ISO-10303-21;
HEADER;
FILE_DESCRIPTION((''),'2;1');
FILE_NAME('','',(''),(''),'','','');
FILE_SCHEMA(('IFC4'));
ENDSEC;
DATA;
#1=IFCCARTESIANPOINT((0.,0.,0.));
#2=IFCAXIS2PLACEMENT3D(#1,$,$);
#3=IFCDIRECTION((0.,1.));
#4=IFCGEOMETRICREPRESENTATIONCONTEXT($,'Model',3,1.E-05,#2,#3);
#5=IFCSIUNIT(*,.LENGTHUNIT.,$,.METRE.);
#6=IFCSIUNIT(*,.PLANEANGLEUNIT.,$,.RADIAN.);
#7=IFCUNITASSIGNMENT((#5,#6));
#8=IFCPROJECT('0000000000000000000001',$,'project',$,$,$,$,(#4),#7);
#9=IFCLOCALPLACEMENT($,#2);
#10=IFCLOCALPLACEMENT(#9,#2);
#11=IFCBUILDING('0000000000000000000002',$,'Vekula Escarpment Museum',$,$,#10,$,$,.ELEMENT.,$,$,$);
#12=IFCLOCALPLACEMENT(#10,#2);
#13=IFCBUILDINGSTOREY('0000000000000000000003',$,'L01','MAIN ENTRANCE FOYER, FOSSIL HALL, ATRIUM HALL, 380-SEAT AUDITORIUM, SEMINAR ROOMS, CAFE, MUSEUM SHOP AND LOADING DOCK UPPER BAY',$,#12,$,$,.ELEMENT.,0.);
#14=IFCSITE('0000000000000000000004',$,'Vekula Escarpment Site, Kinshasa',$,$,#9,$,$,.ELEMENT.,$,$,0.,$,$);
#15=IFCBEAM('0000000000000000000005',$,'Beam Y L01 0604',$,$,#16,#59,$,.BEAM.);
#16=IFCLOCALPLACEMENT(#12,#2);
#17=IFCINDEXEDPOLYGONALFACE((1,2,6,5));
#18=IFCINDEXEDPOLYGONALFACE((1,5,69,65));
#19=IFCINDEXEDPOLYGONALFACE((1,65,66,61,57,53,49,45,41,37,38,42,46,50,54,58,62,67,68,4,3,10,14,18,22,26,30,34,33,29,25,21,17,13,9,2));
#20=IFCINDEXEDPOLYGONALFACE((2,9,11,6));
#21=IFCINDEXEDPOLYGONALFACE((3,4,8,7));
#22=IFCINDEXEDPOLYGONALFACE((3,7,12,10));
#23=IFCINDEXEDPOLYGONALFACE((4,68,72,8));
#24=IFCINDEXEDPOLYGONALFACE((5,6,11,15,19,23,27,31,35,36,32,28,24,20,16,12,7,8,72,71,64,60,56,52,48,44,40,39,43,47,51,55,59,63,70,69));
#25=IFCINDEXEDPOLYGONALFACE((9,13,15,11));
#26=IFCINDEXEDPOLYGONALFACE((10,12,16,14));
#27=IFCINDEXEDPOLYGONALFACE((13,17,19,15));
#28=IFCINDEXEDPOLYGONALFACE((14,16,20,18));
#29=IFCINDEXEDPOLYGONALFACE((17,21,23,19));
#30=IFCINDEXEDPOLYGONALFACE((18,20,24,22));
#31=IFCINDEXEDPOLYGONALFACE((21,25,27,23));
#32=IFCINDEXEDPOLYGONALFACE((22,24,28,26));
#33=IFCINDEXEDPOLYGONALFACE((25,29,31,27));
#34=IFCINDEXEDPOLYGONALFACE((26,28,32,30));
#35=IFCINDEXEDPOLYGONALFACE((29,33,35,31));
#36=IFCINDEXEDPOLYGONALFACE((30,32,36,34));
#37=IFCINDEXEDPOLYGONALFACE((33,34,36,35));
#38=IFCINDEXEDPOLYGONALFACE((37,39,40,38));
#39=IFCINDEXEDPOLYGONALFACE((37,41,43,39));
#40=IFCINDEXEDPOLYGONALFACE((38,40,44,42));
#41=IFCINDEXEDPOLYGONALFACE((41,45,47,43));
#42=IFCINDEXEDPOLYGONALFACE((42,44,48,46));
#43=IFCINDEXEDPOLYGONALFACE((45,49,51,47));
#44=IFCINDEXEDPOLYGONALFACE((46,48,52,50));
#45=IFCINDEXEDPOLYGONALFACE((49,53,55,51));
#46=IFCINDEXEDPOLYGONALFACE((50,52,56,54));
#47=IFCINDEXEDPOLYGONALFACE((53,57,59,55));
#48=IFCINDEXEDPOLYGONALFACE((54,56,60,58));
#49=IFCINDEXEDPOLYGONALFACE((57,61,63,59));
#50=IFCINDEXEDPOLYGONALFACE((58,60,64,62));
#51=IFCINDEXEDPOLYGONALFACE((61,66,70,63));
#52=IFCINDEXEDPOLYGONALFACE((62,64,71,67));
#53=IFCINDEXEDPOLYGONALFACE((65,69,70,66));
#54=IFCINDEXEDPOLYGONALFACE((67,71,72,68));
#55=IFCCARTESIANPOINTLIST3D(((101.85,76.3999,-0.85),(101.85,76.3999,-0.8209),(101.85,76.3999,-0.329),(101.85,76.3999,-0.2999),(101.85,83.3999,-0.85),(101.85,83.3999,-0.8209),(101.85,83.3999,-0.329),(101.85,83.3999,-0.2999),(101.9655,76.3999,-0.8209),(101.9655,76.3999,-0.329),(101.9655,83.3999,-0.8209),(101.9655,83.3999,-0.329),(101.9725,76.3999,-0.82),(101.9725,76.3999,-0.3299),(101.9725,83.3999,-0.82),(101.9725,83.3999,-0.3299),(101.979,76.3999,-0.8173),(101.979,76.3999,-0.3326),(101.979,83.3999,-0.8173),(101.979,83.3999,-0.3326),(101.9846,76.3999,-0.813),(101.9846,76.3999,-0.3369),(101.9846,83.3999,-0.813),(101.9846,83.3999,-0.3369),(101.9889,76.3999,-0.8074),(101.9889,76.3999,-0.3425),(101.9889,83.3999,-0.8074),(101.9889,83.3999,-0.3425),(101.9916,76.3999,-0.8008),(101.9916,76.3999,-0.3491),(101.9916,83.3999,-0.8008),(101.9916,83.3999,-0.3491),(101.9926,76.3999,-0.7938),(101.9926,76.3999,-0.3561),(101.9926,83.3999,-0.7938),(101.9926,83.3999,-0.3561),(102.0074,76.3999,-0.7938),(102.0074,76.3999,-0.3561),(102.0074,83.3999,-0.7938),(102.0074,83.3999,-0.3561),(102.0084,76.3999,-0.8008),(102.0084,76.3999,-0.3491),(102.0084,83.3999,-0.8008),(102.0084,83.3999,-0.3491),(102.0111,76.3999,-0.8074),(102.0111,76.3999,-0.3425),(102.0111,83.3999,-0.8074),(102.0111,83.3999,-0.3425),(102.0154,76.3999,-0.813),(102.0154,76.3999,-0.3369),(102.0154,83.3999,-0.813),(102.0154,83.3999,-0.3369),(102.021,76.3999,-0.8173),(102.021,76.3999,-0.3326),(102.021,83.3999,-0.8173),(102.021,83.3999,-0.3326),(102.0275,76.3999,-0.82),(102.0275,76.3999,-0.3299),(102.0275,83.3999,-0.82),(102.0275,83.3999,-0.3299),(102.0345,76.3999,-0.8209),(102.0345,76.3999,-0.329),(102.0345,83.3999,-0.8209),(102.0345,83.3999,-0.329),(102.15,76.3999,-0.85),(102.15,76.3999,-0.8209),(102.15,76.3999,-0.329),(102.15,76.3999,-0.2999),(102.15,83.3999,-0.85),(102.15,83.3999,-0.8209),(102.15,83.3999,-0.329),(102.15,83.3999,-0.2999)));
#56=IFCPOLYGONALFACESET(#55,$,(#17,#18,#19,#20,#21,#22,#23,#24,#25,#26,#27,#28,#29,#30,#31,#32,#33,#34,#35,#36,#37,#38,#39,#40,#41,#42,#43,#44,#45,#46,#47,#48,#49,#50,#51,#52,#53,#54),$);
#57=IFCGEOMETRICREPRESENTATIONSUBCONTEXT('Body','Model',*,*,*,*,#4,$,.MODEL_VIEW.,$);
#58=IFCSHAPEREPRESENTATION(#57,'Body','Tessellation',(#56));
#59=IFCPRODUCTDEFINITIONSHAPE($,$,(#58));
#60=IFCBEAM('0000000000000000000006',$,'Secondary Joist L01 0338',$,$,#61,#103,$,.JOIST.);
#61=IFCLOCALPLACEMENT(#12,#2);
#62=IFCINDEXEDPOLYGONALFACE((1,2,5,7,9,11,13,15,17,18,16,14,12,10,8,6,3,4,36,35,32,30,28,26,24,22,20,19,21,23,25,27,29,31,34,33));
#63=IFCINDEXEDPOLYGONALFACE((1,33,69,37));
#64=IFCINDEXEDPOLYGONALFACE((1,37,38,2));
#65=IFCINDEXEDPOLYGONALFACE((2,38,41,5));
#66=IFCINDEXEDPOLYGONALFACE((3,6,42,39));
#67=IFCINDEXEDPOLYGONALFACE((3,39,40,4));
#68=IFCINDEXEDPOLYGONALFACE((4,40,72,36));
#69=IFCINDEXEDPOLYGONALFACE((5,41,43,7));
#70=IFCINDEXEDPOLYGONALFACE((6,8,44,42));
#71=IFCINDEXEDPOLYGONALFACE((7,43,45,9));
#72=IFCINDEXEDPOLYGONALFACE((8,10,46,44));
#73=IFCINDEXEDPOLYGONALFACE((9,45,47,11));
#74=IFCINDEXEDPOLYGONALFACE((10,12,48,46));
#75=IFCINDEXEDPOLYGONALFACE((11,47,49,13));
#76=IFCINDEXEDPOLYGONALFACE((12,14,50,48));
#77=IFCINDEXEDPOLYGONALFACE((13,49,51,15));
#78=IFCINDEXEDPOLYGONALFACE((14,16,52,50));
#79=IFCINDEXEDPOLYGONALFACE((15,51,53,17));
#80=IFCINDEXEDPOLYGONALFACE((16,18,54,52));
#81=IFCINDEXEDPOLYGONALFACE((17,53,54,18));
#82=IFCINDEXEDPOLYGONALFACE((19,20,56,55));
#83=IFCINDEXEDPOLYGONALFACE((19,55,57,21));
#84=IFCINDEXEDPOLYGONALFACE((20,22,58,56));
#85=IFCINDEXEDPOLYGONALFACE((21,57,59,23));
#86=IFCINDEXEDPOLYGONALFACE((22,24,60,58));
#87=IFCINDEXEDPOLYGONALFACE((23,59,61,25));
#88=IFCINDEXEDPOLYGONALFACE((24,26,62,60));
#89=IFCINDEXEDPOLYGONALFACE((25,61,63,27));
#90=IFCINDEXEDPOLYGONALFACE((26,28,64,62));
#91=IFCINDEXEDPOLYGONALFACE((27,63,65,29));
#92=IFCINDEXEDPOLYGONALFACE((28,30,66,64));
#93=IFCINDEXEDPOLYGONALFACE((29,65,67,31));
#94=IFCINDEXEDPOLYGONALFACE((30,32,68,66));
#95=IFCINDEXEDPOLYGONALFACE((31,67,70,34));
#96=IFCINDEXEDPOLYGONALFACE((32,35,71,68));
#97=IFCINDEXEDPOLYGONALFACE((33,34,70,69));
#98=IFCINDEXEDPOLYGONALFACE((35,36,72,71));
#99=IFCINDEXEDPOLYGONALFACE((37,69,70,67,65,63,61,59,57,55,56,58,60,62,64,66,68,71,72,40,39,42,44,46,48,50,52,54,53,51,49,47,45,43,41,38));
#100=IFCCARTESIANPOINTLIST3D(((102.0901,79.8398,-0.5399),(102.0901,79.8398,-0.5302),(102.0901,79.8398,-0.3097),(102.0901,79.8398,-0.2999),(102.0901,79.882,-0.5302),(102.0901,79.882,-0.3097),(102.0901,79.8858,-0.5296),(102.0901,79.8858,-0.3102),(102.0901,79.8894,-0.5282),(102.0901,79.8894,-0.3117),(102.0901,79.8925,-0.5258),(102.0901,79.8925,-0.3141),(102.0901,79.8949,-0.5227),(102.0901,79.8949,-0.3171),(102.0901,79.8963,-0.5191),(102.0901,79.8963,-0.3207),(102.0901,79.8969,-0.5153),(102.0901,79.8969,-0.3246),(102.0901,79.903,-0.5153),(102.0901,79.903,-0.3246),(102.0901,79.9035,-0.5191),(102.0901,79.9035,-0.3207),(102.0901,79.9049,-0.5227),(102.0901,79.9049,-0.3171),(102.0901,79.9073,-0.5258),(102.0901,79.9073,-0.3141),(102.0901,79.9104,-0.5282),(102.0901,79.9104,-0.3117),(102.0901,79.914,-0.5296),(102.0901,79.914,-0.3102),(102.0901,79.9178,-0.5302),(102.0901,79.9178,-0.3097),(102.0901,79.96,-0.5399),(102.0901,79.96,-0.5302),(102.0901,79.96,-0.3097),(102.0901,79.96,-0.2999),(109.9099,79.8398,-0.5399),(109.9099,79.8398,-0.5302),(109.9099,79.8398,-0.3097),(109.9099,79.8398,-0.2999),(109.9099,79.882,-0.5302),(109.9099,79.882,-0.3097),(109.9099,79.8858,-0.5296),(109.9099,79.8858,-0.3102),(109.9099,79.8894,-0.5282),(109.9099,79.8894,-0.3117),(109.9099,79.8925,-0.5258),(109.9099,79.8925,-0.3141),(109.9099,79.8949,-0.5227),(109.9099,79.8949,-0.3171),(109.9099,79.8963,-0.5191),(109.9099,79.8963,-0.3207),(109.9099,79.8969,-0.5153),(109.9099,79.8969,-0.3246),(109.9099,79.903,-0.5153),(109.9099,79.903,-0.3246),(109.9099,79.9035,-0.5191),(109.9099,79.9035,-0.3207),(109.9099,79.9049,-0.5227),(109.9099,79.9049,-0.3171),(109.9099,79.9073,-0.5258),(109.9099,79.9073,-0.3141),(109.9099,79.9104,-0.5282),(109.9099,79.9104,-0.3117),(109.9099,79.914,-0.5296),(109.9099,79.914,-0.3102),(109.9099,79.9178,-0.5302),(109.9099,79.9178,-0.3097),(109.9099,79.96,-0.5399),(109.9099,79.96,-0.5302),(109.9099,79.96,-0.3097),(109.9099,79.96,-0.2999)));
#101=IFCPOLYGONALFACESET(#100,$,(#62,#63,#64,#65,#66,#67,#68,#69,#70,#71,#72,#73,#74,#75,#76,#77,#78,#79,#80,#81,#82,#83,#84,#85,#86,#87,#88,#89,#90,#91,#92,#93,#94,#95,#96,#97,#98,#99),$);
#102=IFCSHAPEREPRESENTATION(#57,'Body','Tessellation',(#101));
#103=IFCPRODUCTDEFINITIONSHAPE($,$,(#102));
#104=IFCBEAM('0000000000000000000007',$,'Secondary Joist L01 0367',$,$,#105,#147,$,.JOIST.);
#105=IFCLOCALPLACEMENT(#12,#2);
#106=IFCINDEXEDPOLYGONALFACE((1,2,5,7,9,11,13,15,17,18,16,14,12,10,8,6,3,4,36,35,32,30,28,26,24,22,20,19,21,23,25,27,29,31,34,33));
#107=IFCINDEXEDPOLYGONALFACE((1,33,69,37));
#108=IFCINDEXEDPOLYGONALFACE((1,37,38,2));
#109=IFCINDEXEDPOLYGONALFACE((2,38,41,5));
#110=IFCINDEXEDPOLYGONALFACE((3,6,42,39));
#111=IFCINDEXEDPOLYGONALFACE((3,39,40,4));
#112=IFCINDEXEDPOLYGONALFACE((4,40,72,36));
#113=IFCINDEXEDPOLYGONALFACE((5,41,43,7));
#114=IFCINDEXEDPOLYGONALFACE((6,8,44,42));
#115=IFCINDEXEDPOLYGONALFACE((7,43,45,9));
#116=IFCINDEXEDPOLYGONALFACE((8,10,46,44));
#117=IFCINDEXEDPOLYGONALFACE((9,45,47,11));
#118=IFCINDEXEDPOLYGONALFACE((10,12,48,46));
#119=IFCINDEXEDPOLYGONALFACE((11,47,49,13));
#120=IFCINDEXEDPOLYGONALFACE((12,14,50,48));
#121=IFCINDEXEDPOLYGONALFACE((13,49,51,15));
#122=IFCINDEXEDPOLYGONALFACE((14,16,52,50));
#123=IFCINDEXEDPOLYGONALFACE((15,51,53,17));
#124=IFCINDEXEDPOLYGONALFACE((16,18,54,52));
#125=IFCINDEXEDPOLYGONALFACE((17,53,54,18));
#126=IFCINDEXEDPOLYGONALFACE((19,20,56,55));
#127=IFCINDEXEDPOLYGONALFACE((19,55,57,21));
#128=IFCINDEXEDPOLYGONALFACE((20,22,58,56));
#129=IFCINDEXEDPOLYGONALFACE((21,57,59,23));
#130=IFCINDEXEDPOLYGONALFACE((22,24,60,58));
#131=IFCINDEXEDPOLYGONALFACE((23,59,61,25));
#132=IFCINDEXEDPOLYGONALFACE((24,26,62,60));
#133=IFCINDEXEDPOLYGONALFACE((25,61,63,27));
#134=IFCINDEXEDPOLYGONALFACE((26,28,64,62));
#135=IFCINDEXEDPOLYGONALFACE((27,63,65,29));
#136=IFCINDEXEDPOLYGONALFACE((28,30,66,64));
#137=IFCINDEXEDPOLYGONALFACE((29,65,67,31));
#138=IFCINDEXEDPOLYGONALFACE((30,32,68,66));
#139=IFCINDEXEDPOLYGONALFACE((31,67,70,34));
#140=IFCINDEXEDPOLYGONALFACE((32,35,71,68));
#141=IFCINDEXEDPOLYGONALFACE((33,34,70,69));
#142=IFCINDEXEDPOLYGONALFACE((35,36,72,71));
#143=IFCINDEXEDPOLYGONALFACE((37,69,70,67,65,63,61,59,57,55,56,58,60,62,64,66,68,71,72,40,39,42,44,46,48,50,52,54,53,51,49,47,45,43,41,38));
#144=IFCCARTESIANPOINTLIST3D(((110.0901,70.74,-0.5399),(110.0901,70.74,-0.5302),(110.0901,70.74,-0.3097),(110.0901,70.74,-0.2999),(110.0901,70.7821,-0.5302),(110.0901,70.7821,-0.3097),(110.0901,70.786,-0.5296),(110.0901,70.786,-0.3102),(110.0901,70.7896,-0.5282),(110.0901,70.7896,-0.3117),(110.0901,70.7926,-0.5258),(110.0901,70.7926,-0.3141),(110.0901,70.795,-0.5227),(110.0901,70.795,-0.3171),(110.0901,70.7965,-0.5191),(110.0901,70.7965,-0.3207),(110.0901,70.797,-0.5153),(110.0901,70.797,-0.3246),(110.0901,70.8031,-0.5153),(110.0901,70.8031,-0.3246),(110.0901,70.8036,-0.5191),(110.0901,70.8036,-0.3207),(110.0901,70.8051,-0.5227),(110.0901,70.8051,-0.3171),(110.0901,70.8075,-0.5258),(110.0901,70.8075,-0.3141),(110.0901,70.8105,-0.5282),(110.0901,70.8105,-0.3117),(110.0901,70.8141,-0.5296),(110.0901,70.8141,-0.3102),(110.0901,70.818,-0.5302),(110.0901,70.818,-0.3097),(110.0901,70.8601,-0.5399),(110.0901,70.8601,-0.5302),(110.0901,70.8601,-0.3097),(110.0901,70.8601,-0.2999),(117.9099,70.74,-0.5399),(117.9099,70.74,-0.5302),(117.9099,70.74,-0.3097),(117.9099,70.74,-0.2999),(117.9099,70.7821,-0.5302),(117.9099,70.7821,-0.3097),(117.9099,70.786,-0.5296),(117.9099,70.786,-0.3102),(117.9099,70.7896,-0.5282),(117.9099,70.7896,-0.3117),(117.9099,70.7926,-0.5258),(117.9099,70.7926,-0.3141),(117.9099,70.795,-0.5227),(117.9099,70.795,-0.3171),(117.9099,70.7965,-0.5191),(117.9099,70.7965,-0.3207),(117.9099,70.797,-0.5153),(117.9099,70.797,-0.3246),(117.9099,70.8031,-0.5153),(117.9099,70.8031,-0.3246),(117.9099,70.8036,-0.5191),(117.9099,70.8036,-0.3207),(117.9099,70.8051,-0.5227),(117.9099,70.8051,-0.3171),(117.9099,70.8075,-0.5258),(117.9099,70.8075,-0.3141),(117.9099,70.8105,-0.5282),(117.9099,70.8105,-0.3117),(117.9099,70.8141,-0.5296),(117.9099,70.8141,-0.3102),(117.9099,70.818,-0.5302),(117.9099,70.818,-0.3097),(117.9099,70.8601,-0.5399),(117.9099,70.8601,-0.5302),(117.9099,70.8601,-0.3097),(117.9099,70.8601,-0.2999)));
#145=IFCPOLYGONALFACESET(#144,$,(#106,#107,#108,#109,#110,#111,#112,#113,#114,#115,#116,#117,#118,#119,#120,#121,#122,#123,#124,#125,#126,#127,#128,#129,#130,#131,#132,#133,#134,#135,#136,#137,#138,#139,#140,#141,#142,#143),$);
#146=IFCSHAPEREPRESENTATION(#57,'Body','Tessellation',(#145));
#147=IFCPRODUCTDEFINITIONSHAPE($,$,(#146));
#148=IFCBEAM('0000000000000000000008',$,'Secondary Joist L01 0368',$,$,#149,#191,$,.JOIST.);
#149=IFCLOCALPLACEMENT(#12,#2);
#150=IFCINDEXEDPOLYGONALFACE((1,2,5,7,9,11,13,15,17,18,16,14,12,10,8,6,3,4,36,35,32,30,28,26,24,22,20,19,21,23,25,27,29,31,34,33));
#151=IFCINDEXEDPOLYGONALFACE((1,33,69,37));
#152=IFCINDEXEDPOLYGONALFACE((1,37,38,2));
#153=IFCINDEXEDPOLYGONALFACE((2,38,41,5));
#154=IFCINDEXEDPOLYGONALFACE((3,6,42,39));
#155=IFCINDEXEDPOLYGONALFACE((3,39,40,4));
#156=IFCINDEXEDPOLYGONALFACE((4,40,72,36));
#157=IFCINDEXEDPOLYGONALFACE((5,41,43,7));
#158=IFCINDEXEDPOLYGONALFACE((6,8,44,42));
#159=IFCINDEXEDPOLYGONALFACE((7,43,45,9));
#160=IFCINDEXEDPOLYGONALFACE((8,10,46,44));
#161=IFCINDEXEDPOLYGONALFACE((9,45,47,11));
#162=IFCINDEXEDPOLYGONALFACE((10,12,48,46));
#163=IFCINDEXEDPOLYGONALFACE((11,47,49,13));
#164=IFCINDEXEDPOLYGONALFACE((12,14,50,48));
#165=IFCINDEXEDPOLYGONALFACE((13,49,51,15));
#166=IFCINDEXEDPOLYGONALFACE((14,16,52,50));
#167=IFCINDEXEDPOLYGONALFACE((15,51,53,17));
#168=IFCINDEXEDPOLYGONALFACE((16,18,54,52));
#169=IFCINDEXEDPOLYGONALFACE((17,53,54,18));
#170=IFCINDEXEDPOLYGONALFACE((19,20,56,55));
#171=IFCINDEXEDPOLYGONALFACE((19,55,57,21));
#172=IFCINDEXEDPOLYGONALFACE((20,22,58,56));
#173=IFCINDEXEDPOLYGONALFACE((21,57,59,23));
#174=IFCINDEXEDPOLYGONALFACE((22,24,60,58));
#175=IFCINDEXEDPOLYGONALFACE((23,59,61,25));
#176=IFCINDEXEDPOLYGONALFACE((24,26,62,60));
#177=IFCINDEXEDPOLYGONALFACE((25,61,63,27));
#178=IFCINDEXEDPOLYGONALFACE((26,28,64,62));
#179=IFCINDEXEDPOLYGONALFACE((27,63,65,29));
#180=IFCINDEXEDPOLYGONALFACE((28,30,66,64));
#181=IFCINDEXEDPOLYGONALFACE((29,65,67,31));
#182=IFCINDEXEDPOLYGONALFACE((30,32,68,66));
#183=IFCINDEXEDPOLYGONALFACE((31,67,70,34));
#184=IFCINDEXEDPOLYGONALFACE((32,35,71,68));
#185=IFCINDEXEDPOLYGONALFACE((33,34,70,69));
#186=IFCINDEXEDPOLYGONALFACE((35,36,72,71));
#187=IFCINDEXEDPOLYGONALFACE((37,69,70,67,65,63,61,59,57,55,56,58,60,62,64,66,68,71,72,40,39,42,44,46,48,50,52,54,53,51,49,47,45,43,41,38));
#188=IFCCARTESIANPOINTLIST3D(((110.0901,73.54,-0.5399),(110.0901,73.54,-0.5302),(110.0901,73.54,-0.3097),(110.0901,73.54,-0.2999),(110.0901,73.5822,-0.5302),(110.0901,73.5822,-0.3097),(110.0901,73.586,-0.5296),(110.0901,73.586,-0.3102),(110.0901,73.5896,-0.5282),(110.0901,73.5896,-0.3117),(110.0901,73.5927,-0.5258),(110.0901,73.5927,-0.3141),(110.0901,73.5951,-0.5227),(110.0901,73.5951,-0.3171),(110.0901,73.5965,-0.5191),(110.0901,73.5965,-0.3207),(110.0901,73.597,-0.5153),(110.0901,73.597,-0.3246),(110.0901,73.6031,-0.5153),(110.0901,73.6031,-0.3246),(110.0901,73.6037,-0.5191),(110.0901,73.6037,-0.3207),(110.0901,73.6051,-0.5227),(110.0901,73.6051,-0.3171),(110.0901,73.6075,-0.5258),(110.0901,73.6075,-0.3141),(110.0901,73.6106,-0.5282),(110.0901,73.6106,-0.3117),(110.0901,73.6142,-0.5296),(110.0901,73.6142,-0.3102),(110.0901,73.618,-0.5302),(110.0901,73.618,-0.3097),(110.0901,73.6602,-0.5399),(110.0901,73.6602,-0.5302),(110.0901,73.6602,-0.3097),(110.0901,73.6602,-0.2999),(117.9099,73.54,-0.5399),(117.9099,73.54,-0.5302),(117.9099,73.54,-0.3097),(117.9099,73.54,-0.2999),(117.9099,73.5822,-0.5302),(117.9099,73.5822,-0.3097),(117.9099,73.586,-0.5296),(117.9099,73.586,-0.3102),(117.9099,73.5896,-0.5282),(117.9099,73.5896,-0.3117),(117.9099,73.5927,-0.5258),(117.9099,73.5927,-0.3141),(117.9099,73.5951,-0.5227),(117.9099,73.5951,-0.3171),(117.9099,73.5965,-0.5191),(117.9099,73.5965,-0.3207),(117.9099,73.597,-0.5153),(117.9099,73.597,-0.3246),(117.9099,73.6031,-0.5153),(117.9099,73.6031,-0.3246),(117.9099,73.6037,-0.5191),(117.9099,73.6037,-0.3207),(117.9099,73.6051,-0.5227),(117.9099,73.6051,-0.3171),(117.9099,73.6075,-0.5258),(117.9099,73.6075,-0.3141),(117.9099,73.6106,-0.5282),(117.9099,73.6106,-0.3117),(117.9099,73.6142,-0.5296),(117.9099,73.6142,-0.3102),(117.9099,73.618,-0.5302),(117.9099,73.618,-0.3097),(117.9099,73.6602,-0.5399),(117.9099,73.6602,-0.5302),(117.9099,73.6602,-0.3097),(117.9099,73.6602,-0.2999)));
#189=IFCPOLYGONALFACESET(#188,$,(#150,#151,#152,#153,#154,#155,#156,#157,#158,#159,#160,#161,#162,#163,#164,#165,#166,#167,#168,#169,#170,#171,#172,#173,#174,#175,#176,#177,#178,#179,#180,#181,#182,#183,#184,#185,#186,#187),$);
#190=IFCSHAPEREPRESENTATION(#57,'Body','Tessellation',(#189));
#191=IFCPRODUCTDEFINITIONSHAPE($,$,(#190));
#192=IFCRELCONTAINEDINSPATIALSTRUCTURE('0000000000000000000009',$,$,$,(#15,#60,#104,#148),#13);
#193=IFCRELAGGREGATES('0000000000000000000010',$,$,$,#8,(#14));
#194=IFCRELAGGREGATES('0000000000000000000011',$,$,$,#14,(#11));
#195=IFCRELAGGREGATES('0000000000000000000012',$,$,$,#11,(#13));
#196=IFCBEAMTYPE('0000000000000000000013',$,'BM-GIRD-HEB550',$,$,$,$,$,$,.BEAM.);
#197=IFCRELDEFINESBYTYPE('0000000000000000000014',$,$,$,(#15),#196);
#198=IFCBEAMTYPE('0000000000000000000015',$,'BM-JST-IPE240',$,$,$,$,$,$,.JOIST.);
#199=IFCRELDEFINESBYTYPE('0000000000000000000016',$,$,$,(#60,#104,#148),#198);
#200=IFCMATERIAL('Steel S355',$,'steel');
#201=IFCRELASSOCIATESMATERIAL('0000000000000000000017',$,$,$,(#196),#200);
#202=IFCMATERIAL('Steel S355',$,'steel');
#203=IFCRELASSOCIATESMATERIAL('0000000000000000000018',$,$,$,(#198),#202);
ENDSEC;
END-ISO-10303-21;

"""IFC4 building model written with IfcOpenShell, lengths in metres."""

from ifc_helpers import new_model, si_unit, direction, frame, origin, origin_2d, place, context, subcontext, project, spatial, i_section, extrude, material, material_profile, profile_set, type_object, element, save


model = new_model("IFC4")

# Units and contexts
model_context = context("Model", 3, precision=1e-05, world=origin(), true_north=direction((0.0, 1.0)))
body_context = subcontext(model_context, "Body", "Model", "MODEL_VIEW")
ifc_project = project(units=[si_unit("LENGTHUNIT", "METRE"), si_unit("PLANEANGLEUNIT", "RADIAN")], contexts=[model_context])

# Site, building, storey
site_placement = place(None, origin())
site = spatial("IfcSite", under=ifc_project, at=site_placement, Name="Vekula Escarpment Site, Kinshasa", CompositionType="ELEMENT", RefElevation=0.0)
building_placement = place(site_placement, origin())
building = spatial("IfcBuilding", under=site, at=building_placement, Name="Vekula Escarpment Museum", CompositionType="ELEMENT")
storey_placement = place(building_placement, origin())
storey = spatial("IfcBuildingStorey", under=building, at=storey_placement, Name="L01", Description="MAIN ENTRANCE FOYER, FOSSIL HALL, ATRIUM HALL, 380-SEAT AUDITORIUM, SEMINAR ROOMS, CAFE, MUSEUM SHOP AND LOADING DOCK UPPER BAY", CompositionType="ELEMENT", Elevation=0.0)

# Beams
ifc_material_1 = material(Name="Steel S355", Category="steel")
ifc_material_profile_1 = material_profile(ifc_material_1, i_section(OverallWidth=0.3, OverallDepth=0.55, WebThickness=0.0149, FlangeThickness=0.0291, FilletRadius=0.0271, at=origin_2d()), Name="HEB 550")
ifc_profile_set_1 = profile_set([ifc_material_profile_1], Name="Steel S355")
beam_type_1 = type_object("IfcBeamType", Name="BM-GIRD-HEB550", PredefinedType="BEAM", material=ifc_profile_set_1)
beam_1_placement = place(storey_placement, frame((102.0, 76.3999, -0.575), z_axis=(0.0, 1.0, 0.0), x_axis=(-1.0, 0.0, 0.0)))
element("IfcBeam", 1, at=beam_1_placement, inside=storey, type_object=beam_type_1, Name="Beam Y L01 0604", PredefinedType="BEAM", context=body_context, shape_type="SweptSolid", body=[
    extrude(i_section(OverallWidth=0.3, OverallDepth=0.55, WebThickness=0.0149, FlangeThickness=0.0291, FilletRadius=0.0271, at=origin_2d()), origin(), (0.0, 0.0, 1.0), 7.0),
])
ifc_material_2 = material(Name="Steel S355", Category="steel")
ifc_material_profile_2 = material_profile(ifc_material_2, i_section(OverallWidth=0.1201, OverallDepth=0.24, WebThickness=0.0061, FlangeThickness=0.0098, FilletRadius=0.0149, at=origin_2d()), Name="IPE 240")
ifc_profile_set_2 = profile_set([ifc_material_profile_2], Name="Steel S355")
beam_type_2 = type_object("IfcBeamType", Name="BM-JST-IPE240", PredefinedType="JOIST", material=ifc_profile_set_2)
for number, where, z_axis, x_axis, name in (
    (2, (102.0901, 79.8999, -0.4199), (1.0, 0.0, 0.0), (0.0, 1.0, 0.0), "Secondary Joist L01 0338"),
    (3, (110.0901, 70.8, -0.4199), (1.0, 0.0, 0.0), (0.0, 1.0, 0.0), "Secondary Joist L01 0367"),
    (4, (110.0901, 73.6001, -0.4199), (1.0, 0.0, 0.0), (0.0, 1.0, 0.0), "Secondary Joist L01 0368"),
):
    element("IfcBeam", number, at=place(storey_placement, frame(where, z_axis=z_axis, x_axis=x_axis)), inside=storey, type_object=beam_type_2, Name=name, PredefinedType="JOIST", context=body_context, shape_type="SweptSolid", body=[
        extrude(i_section(OverallWidth=0.1201, OverallDepth=0.24, WebThickness=0.0061, FlangeThickness=0.0098, FilletRadius=0.0149, at=origin_2d()), origin(), (0.0, 0.0, 1.0), 7.8198),
    ])

save(model, "model.ifc")
